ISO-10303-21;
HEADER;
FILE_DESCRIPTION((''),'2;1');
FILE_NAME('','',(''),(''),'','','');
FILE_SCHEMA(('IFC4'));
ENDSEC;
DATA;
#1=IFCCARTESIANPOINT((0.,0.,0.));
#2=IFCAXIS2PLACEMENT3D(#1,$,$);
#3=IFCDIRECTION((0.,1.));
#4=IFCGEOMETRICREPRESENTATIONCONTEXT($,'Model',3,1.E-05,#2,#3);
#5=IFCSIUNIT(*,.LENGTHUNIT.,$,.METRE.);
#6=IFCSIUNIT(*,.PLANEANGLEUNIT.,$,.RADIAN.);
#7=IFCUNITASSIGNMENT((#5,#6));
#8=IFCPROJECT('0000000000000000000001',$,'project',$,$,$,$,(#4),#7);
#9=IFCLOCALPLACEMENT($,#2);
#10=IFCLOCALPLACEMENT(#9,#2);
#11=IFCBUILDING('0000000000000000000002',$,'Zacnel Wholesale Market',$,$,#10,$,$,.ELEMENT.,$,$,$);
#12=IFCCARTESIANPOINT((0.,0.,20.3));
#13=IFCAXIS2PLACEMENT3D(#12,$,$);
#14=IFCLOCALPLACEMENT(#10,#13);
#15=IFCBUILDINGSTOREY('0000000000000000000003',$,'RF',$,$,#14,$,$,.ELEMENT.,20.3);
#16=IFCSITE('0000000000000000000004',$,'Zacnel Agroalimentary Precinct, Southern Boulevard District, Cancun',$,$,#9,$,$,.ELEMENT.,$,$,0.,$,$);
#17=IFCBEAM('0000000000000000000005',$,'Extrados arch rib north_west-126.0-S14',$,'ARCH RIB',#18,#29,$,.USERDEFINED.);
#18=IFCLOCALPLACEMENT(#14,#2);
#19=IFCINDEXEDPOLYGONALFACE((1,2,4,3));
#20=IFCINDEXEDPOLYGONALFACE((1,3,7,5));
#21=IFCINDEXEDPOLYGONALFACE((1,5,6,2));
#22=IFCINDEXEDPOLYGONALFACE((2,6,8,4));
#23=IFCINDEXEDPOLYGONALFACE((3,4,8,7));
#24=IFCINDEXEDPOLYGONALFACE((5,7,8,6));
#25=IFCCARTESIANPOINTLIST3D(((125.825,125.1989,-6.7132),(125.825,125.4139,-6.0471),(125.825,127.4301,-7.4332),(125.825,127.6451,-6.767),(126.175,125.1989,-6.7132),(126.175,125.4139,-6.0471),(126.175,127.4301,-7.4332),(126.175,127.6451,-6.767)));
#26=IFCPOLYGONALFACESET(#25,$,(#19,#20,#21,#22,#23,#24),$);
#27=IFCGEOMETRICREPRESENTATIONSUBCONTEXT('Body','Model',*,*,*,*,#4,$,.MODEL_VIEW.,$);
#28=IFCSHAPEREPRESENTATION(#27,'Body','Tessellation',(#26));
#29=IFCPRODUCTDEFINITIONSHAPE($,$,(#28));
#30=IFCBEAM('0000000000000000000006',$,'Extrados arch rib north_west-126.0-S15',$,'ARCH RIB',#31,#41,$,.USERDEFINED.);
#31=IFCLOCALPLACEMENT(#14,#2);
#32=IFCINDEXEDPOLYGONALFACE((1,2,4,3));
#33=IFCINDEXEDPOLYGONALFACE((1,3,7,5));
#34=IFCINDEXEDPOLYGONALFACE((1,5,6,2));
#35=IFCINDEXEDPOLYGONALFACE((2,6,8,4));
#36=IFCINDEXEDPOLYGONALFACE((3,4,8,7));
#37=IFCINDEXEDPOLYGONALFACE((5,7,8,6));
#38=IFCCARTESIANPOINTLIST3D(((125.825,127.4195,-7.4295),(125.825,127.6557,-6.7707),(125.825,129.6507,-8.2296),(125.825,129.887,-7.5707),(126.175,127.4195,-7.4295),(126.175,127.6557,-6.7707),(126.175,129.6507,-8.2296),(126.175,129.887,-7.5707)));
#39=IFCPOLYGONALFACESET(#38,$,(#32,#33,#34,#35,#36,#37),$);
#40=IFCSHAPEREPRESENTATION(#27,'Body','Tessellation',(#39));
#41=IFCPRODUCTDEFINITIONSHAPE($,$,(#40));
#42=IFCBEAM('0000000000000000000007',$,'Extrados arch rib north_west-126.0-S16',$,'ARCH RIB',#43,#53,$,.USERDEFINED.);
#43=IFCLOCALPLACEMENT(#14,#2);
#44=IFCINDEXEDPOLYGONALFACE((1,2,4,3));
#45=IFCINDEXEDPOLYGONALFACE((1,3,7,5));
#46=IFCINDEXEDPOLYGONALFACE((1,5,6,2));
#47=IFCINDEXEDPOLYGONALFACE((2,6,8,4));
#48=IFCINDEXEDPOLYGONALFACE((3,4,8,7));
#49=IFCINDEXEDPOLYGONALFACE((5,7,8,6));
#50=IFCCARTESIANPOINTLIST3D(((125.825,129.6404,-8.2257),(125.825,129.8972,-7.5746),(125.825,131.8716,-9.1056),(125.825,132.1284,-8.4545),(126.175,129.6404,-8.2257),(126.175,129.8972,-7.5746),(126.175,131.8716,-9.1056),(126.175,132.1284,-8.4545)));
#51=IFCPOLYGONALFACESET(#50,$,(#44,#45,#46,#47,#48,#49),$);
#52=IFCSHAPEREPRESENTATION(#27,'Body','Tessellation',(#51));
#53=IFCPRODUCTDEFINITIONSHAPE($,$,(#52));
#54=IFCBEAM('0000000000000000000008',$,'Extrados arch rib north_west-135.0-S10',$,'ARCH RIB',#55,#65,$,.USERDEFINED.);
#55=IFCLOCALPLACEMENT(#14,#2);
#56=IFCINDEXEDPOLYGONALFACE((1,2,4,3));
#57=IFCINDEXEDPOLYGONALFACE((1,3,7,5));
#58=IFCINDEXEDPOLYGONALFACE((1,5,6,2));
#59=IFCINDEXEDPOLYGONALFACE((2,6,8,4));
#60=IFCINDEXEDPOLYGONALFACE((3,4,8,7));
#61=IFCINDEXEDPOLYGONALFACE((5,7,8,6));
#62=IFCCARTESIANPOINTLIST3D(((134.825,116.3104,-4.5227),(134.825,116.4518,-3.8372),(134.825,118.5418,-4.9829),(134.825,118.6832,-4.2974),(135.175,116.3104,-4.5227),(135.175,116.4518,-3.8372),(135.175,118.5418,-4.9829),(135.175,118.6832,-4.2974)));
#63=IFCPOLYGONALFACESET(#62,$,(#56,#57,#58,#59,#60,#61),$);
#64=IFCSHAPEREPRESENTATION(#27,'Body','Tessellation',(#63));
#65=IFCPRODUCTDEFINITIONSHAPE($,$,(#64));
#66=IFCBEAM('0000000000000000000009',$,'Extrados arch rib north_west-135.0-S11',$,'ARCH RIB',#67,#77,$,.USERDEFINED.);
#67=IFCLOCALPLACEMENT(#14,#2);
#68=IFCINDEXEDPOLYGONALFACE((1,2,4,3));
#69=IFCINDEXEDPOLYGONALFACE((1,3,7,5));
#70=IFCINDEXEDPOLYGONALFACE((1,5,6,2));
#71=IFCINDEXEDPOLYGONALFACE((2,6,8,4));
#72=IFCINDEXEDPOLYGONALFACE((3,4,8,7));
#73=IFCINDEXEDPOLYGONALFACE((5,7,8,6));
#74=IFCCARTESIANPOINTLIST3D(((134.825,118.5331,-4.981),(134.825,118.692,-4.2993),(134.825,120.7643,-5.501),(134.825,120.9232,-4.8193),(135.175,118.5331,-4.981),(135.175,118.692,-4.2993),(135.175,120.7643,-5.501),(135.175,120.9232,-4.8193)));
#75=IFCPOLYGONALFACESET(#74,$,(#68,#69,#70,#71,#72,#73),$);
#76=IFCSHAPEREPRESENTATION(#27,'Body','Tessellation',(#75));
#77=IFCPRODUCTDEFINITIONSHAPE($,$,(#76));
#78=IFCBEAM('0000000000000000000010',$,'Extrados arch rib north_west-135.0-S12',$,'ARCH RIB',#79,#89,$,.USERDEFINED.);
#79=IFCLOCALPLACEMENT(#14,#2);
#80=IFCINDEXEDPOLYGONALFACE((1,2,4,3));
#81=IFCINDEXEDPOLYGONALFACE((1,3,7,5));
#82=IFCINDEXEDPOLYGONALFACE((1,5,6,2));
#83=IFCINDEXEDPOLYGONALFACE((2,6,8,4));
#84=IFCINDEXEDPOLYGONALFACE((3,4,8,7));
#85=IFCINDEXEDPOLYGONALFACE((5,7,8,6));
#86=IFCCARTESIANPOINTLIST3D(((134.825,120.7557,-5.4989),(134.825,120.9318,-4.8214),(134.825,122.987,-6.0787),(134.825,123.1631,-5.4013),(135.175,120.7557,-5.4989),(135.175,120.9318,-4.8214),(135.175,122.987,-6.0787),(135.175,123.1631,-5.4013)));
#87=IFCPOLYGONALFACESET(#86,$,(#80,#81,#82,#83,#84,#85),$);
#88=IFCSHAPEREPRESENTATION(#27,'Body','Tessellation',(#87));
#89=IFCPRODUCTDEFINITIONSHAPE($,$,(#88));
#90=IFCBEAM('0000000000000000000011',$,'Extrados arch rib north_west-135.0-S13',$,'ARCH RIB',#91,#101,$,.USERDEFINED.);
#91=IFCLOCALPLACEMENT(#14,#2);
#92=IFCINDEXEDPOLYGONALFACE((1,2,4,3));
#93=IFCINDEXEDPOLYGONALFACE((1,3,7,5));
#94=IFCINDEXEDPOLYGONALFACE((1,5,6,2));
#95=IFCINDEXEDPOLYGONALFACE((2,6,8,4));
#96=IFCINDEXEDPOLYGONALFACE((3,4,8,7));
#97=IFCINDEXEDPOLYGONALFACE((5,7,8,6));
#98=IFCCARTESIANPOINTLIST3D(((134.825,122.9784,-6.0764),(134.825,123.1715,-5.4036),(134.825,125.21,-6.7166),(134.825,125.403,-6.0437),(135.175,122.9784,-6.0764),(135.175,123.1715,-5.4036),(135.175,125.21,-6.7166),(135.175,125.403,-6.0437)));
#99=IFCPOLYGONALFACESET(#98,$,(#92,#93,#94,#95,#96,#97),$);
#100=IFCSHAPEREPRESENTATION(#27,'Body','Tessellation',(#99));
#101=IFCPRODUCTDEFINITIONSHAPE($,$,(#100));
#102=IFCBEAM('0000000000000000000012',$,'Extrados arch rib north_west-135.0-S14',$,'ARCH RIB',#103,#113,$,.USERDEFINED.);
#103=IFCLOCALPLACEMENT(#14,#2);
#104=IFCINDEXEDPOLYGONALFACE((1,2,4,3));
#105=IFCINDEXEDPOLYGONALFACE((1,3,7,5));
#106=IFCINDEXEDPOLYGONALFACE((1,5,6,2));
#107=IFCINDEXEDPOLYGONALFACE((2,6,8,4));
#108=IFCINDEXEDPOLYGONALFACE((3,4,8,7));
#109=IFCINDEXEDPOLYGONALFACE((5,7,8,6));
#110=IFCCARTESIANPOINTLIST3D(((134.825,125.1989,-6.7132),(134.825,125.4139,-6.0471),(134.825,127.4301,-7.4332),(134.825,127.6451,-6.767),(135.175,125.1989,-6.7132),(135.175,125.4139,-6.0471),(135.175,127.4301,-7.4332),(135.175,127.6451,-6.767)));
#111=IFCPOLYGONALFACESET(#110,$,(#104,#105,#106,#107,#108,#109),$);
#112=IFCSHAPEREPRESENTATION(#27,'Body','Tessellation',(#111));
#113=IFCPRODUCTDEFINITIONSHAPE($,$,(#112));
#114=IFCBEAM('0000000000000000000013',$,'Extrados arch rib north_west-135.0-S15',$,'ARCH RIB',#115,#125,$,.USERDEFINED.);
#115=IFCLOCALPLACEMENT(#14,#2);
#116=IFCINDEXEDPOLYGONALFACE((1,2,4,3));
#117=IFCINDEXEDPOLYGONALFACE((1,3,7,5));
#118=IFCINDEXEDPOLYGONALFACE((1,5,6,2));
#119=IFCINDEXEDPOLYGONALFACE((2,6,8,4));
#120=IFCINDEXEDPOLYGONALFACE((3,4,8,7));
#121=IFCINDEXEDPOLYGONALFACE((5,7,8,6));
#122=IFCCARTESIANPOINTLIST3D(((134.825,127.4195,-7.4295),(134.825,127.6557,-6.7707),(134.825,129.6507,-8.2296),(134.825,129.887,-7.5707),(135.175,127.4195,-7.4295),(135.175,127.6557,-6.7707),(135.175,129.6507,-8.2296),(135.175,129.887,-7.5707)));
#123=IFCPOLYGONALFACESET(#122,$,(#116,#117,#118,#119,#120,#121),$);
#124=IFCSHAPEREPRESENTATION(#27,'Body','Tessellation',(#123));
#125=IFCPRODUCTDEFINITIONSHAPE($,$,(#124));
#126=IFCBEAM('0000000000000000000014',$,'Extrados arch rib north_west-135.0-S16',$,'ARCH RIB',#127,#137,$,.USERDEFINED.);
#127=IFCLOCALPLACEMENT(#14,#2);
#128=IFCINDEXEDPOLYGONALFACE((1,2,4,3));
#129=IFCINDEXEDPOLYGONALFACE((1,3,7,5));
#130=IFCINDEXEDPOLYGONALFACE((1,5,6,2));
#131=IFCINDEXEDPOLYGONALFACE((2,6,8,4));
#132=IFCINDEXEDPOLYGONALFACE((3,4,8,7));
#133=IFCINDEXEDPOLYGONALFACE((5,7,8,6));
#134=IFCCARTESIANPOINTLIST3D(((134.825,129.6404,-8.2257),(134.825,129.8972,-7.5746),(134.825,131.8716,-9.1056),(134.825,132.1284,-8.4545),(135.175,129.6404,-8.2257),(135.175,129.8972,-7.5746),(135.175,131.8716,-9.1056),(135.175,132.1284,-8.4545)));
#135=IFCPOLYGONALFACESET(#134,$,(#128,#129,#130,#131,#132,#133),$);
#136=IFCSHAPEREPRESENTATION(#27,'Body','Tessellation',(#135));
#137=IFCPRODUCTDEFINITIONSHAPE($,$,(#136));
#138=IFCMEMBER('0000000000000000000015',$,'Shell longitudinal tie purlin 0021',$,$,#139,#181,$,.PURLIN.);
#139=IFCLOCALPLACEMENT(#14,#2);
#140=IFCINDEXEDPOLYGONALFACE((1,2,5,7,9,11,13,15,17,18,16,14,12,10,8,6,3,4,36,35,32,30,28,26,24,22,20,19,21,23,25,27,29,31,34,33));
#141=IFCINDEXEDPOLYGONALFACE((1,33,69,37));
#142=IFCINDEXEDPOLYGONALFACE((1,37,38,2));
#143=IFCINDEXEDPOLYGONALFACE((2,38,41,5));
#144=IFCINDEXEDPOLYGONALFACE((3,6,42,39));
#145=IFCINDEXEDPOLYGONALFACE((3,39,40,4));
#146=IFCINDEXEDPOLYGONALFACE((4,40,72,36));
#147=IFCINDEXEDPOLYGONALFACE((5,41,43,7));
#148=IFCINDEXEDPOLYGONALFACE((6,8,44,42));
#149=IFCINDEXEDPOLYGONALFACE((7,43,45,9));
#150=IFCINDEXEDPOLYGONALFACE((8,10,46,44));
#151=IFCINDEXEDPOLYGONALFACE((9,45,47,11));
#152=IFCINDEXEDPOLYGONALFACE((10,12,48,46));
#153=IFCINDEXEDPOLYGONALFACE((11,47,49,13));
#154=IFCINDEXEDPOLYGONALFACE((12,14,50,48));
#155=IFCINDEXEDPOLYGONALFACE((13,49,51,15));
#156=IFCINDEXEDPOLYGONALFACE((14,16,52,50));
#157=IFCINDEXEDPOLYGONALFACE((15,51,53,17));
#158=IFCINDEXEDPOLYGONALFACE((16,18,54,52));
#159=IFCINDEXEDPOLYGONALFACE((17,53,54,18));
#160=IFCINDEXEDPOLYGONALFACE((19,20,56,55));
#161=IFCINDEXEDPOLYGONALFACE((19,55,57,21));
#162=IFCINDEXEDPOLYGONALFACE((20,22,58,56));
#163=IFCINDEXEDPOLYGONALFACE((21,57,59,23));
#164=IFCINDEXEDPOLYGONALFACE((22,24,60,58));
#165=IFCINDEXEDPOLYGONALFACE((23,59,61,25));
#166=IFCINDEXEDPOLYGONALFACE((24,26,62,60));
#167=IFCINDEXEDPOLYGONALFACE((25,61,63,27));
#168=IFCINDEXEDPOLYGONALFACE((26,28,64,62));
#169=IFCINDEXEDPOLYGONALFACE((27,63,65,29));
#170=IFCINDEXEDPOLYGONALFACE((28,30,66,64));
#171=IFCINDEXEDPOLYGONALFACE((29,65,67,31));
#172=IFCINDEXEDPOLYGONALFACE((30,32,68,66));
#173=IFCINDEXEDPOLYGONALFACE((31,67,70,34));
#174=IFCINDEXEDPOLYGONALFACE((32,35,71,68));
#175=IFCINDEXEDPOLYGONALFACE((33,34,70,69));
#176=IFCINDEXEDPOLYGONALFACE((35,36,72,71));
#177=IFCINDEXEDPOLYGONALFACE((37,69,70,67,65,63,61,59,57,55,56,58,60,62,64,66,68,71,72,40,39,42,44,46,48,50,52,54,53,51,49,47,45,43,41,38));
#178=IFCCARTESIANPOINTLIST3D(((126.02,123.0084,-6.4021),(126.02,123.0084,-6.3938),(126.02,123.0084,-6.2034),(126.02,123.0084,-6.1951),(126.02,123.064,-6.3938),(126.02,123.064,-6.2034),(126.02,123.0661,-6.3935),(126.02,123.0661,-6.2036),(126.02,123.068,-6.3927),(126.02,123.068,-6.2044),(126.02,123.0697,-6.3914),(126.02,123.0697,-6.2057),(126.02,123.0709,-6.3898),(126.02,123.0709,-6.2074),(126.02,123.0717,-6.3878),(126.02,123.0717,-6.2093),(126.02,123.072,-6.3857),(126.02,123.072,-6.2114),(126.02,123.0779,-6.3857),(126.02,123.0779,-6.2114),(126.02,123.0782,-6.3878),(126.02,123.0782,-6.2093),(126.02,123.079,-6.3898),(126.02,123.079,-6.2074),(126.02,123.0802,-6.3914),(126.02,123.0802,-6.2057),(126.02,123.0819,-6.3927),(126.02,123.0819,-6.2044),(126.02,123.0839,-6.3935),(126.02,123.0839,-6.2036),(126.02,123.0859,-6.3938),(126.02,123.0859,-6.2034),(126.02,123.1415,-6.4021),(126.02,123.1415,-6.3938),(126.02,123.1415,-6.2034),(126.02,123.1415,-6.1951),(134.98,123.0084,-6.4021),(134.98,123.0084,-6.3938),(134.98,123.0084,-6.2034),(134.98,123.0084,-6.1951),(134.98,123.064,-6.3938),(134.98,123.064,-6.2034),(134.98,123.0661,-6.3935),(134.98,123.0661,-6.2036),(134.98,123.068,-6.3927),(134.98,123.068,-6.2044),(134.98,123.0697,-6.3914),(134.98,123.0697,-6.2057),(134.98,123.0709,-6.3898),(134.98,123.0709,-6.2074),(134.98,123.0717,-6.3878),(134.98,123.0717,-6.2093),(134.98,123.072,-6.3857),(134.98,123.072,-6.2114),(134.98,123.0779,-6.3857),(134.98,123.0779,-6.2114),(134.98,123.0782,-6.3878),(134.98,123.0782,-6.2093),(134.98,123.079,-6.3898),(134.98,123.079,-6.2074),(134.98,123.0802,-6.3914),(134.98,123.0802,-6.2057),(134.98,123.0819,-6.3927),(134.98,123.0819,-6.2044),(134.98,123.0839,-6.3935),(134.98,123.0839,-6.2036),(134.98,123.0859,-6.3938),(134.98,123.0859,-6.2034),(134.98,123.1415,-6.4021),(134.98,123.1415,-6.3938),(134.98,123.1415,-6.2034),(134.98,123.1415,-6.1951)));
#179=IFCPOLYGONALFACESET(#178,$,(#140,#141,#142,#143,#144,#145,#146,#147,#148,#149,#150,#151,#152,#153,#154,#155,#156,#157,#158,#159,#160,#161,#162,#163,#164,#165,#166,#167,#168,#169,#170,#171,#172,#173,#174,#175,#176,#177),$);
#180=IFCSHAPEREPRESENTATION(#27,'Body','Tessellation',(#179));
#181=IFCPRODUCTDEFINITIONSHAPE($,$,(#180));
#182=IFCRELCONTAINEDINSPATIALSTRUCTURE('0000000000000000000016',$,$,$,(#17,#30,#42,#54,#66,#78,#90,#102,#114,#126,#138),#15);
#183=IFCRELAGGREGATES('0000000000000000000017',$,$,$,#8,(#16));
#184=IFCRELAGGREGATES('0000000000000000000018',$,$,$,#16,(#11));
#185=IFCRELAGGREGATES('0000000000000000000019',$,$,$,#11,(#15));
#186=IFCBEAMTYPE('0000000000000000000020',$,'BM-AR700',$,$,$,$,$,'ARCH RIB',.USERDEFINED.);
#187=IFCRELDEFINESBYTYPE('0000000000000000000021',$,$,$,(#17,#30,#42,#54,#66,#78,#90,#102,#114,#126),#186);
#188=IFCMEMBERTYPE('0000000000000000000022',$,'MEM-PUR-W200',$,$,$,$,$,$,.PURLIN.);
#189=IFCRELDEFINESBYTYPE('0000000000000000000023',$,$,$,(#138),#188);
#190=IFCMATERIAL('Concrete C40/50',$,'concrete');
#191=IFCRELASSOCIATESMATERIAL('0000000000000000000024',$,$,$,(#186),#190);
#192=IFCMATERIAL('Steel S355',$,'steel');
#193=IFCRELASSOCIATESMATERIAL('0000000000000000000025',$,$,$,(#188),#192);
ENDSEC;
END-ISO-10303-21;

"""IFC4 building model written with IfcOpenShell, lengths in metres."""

from ifc_helpers import new_model, si_unit, direction, frame, origin, origin_2d, place, context, subcontext, project, spatial, rectangle, i_section, extrude, material, material_profile, profile_set, type_object, element, save


model = new_model("IFC4")

# Units and contexts
model_context = context("Model", 3, precision=1e-05, world=origin(), true_north=direction((0.0, 1.0)))
body_context = subcontext(model_context, "Body", "Model", "MODEL_VIEW")
ifc_project = project(units=[si_unit("LENGTHUNIT", "METRE"), si_unit("PLANEANGLEUNIT", "RADIAN")], contexts=[model_context])

# Site, building, storey
site_placement = place(None, origin())
site = spatial("IfcSite", under=ifc_project, at=site_placement, Name="Zacnel Agroalimentary Precinct, Southern Boulevard District, Cancun", CompositionType="ELEMENT", RefElevation=0.0)
building_placement = place(site_placement, origin())
building = spatial("IfcBuilding", under=site, at=building_placement, Name="Zacnel Wholesale Market", CompositionType="ELEMENT")
storey_placement = place(building_placement, frame((0.0, 0.0, 20.3)))
storey = spatial("IfcBuildingStorey", under=building, at=storey_placement, Name="RF", CompositionType="ELEMENT", Elevation=20.3)

# Beams
ifc_material_1 = material(Name="Concrete C40/50", Category="concrete")
ifc_material_profile_1 = material_profile(ifc_material_1, rectangle(XDim=0.3501, YDim=0.7, at=origin_2d()), Name="ARCH RIB 350x700")
ifc_profile_set_1 = profile_set([ifc_material_profile_1], Name="Concrete C40/50")
beam_type = type_object("IfcBeamType", Name="BM-AR700", ElementType="ARCH RIB", PredefinedType="USERDEFINED", material=ifc_profile_set_1)
beam_1_placement = place(storey_placement, frame((126.0, 125.3064, -6.3801), z_axis=(0.0, 0.95168, -0.307091), x_axis=(-1.0, 0.0, 0.0)))
element("IfcBeam", 1, at=beam_1_placement, inside=storey, type_object=beam_type, Name="Extrados arch rib north_west-126.0-S14", ObjectType="ARCH RIB", PredefinedType="USERDEFINED", context=body_context, shape_type="SweptSolid", body=[
    extrude(rectangle(XDim=0.3501, YDim=0.7, at=origin_2d()), origin(), (0.0, 0.0, 1.0), 2.3445),
])
beam_2_placement = place(storey_placement, frame((126.0, 127.5376, -7.1001), z_axis=(0.0, 0.941315, -0.33753), x_axis=(-1.0, 0.0, 0.0)))
element("IfcBeam", 2, at=beam_2_placement, inside=storey, type_object=beam_type, Name="Extrados arch rib north_west-126.0-S15", ObjectType="ARCH RIB", PredefinedType="USERDEFINED", context=body_context, shape_type="SweptSolid", body=[
    extrude(rectangle(XDim=0.3501, YDim=0.7, at=origin_2d()), origin(), (0.0, 0.0, 1.0), 2.3704),
])
beam_3_placement = place(storey_placement, frame((126.0, 129.7688, -7.9001), z_axis=(0.0, 0.930277, -0.366858), x_axis=(-1.0, 0.0, 0.0)))
element("IfcBeam", 3, at=beam_3_placement, inside=storey, type_object=beam_type, Name="Extrados arch rib north_west-126.0-S16", ObjectType="ARCH RIB", PredefinedType="USERDEFINED", context=body_context, shape_type="SweptSolid", body=[
    extrude(rectangle(XDim=0.3501, YDim=0.7, at=origin_2d()), origin(), (0.0, 0.0, 1.0), 2.3984),
])
beam_4_placement = place(storey_placement, frame((135.0, 116.3811, -4.1799), z_axis=(0.0, 0.979389, -0.201985), x_axis=(-1.0, 0.0, 0.0)))
element("IfcBeam", 4, at=beam_4_placement, inside=storey, type_object=beam_type, Name="Extrados arch rib north_west-135.0-S10", ObjectType="ARCH RIB", PredefinedType="USERDEFINED", context=body_context, shape_type="SweptSolid", body=[
    extrude(rectangle(XDim=0.3501, YDim=0.7, at=origin_2d()), origin(), (0.0, 0.0, 1.0), 2.2783),
])
beam_5_placement = place(storey_placement, frame((135.0, 118.6125, -4.6401), z_axis=(0.0, 0.973899, -0.226984), x_axis=(-1.0, 0.0, 0.0)))
element("IfcBeam", 5, at=beam_5_placement, inside=storey, type_object=beam_type, Name="Extrados arch rib north_west-135.0-S11", ObjectType="ARCH RIB", PredefinedType="USERDEFINED", context=body_context, shape_type="SweptSolid", body=[
    extrude(rectangle(XDim=0.3501, YDim=0.7, at=origin_2d()), origin(), (0.0, 0.0, 1.0), 2.291),
])
beam_6_placement = place(storey_placement, frame((135.0, 120.8438, -5.1602), z_axis=(0.0, 0.967852, -0.251521), x_axis=(-1.0, 0.0, 0.0)))
element("IfcBeam", 6, at=beam_6_placement, inside=storey, type_object=beam_type, Name="Extrados arch rib north_west-135.0-S12", ObjectType="ARCH RIB", PredefinedType="USERDEFINED", context=body_context, shape_type="SweptSolid", body=[
    extrude(rectangle(XDim=0.3501, YDim=0.7, at=origin_2d()), origin(), (0.0, 0.0, 1.0), 2.3054),
])
beam_7_placement = place(storey_placement, frame((135.0, 123.075, -5.74), z_axis=(0.0, 0.96123, -0.275749), x_axis=(-1.0, 0.0, 0.0)))
element("IfcBeam", 7, at=beam_7_placement, inside=storey, type_object=beam_type, Name="Extrados arch rib north_west-135.0-S13", ObjectType="ARCH RIB", PredefinedType="USERDEFINED", context=body_context, shape_type="SweptSolid", body=[
    extrude(rectangle(XDim=0.3501, YDim=0.7, at=origin_2d()), origin(), (0.0, 0.0, 1.0), 2.3215),
])
beam_8_placement = place(storey_placement, frame((135.0, 125.3064, -6.3801), z_axis=(0.0, 0.95168, -0.307091), x_axis=(-1.0, 0.0, 0.0)))
element("IfcBeam", 8, at=beam_8_placement, inside=storey, type_object=beam_type, Name="Extrados arch rib north_west-135.0-S14", ObjectType="ARCH RIB", PredefinedType="USERDEFINED", context=body_context, shape_type="SweptSolid", body=[
    extrude(rectangle(XDim=0.3501, YDim=0.7, at=origin_2d()), origin(), (0.0, 0.0, 1.0), 2.3445),
])
beam_9_placement = place(storey_placement, frame((135.0, 127.5376, -7.1001), z_axis=(0.0, 0.941315, -0.33753), x_axis=(-1.0, 0.0, 0.0)))
element("IfcBeam", 9, at=beam_9_placement, inside=storey, type_object=beam_type, Name="Extrados arch rib north_west-135.0-S15", ObjectType="ARCH RIB", PredefinedType="USERDEFINED", context=body_context, shape_type="SweptSolid", body=[
    extrude(rectangle(XDim=0.3501, YDim=0.7, at=origin_2d()), origin(), (0.0, 0.0, 1.0), 2.3704),
])
beam_10_placement = place(storey_placement, frame((135.0, 129.7688, -7.9001), z_axis=(0.0, 0.930277, -0.366858), x_axis=(-1.0, 0.0, 0.0)))
element("IfcBeam", 10, at=beam_10_placement, inside=storey, type_object=beam_type, Name="Extrados arch rib north_west-135.0-S16", ObjectType="ARCH RIB", PredefinedType="USERDEFINED", context=body_context, shape_type="SweptSolid", body=[
    extrude(rectangle(XDim=0.3501, YDim=0.7, at=origin_2d()), origin(), (0.0, 0.0, 1.0), 2.3984),
])

# Member
ifc_material_2 = material(Name="Steel S355", Category="steel")
ifc_material_profile_2 = material_profile(ifc_material_2, i_section(OverallWidth=0.1331, OverallDepth=0.207, WebThickness=0.0059, FlangeThickness=0.0083, FilletRadius=0.0081, at=origin_2d()), Name="W200X26.6")
ifc_profile_set_2 = profile_set([ifc_material_profile_2], Name="Steel S355")
member_type = type_object("IfcMemberType", Name="MEM-PUR-W200", PredefinedType="PURLIN", material=ifc_profile_set_2)
member_1_placement = place(storey_placement, frame((126.02, 123.075, -6.2986), z_axis=(1.0, 0.0, 0.0), x_axis=(0.0, 1.0, 0.0)))
element("IfcMember", 11, at=member_1_placement, inside=storey, type_object=member_type, Name="Shell longitudinal tie purlin 0021", PredefinedType="PURLIN", context=body_context, shape_type="SweptSolid", body=[
    extrude(i_section(OverallWidth=0.1331, OverallDepth=0.207, WebThickness=0.0059, FlangeThickness=0.0083, FilletRadius=0.0081, at=origin_2d()), origin(), (0.0, 0.0, 1.0), 8.96),
])

save(model, "model.ifc")
